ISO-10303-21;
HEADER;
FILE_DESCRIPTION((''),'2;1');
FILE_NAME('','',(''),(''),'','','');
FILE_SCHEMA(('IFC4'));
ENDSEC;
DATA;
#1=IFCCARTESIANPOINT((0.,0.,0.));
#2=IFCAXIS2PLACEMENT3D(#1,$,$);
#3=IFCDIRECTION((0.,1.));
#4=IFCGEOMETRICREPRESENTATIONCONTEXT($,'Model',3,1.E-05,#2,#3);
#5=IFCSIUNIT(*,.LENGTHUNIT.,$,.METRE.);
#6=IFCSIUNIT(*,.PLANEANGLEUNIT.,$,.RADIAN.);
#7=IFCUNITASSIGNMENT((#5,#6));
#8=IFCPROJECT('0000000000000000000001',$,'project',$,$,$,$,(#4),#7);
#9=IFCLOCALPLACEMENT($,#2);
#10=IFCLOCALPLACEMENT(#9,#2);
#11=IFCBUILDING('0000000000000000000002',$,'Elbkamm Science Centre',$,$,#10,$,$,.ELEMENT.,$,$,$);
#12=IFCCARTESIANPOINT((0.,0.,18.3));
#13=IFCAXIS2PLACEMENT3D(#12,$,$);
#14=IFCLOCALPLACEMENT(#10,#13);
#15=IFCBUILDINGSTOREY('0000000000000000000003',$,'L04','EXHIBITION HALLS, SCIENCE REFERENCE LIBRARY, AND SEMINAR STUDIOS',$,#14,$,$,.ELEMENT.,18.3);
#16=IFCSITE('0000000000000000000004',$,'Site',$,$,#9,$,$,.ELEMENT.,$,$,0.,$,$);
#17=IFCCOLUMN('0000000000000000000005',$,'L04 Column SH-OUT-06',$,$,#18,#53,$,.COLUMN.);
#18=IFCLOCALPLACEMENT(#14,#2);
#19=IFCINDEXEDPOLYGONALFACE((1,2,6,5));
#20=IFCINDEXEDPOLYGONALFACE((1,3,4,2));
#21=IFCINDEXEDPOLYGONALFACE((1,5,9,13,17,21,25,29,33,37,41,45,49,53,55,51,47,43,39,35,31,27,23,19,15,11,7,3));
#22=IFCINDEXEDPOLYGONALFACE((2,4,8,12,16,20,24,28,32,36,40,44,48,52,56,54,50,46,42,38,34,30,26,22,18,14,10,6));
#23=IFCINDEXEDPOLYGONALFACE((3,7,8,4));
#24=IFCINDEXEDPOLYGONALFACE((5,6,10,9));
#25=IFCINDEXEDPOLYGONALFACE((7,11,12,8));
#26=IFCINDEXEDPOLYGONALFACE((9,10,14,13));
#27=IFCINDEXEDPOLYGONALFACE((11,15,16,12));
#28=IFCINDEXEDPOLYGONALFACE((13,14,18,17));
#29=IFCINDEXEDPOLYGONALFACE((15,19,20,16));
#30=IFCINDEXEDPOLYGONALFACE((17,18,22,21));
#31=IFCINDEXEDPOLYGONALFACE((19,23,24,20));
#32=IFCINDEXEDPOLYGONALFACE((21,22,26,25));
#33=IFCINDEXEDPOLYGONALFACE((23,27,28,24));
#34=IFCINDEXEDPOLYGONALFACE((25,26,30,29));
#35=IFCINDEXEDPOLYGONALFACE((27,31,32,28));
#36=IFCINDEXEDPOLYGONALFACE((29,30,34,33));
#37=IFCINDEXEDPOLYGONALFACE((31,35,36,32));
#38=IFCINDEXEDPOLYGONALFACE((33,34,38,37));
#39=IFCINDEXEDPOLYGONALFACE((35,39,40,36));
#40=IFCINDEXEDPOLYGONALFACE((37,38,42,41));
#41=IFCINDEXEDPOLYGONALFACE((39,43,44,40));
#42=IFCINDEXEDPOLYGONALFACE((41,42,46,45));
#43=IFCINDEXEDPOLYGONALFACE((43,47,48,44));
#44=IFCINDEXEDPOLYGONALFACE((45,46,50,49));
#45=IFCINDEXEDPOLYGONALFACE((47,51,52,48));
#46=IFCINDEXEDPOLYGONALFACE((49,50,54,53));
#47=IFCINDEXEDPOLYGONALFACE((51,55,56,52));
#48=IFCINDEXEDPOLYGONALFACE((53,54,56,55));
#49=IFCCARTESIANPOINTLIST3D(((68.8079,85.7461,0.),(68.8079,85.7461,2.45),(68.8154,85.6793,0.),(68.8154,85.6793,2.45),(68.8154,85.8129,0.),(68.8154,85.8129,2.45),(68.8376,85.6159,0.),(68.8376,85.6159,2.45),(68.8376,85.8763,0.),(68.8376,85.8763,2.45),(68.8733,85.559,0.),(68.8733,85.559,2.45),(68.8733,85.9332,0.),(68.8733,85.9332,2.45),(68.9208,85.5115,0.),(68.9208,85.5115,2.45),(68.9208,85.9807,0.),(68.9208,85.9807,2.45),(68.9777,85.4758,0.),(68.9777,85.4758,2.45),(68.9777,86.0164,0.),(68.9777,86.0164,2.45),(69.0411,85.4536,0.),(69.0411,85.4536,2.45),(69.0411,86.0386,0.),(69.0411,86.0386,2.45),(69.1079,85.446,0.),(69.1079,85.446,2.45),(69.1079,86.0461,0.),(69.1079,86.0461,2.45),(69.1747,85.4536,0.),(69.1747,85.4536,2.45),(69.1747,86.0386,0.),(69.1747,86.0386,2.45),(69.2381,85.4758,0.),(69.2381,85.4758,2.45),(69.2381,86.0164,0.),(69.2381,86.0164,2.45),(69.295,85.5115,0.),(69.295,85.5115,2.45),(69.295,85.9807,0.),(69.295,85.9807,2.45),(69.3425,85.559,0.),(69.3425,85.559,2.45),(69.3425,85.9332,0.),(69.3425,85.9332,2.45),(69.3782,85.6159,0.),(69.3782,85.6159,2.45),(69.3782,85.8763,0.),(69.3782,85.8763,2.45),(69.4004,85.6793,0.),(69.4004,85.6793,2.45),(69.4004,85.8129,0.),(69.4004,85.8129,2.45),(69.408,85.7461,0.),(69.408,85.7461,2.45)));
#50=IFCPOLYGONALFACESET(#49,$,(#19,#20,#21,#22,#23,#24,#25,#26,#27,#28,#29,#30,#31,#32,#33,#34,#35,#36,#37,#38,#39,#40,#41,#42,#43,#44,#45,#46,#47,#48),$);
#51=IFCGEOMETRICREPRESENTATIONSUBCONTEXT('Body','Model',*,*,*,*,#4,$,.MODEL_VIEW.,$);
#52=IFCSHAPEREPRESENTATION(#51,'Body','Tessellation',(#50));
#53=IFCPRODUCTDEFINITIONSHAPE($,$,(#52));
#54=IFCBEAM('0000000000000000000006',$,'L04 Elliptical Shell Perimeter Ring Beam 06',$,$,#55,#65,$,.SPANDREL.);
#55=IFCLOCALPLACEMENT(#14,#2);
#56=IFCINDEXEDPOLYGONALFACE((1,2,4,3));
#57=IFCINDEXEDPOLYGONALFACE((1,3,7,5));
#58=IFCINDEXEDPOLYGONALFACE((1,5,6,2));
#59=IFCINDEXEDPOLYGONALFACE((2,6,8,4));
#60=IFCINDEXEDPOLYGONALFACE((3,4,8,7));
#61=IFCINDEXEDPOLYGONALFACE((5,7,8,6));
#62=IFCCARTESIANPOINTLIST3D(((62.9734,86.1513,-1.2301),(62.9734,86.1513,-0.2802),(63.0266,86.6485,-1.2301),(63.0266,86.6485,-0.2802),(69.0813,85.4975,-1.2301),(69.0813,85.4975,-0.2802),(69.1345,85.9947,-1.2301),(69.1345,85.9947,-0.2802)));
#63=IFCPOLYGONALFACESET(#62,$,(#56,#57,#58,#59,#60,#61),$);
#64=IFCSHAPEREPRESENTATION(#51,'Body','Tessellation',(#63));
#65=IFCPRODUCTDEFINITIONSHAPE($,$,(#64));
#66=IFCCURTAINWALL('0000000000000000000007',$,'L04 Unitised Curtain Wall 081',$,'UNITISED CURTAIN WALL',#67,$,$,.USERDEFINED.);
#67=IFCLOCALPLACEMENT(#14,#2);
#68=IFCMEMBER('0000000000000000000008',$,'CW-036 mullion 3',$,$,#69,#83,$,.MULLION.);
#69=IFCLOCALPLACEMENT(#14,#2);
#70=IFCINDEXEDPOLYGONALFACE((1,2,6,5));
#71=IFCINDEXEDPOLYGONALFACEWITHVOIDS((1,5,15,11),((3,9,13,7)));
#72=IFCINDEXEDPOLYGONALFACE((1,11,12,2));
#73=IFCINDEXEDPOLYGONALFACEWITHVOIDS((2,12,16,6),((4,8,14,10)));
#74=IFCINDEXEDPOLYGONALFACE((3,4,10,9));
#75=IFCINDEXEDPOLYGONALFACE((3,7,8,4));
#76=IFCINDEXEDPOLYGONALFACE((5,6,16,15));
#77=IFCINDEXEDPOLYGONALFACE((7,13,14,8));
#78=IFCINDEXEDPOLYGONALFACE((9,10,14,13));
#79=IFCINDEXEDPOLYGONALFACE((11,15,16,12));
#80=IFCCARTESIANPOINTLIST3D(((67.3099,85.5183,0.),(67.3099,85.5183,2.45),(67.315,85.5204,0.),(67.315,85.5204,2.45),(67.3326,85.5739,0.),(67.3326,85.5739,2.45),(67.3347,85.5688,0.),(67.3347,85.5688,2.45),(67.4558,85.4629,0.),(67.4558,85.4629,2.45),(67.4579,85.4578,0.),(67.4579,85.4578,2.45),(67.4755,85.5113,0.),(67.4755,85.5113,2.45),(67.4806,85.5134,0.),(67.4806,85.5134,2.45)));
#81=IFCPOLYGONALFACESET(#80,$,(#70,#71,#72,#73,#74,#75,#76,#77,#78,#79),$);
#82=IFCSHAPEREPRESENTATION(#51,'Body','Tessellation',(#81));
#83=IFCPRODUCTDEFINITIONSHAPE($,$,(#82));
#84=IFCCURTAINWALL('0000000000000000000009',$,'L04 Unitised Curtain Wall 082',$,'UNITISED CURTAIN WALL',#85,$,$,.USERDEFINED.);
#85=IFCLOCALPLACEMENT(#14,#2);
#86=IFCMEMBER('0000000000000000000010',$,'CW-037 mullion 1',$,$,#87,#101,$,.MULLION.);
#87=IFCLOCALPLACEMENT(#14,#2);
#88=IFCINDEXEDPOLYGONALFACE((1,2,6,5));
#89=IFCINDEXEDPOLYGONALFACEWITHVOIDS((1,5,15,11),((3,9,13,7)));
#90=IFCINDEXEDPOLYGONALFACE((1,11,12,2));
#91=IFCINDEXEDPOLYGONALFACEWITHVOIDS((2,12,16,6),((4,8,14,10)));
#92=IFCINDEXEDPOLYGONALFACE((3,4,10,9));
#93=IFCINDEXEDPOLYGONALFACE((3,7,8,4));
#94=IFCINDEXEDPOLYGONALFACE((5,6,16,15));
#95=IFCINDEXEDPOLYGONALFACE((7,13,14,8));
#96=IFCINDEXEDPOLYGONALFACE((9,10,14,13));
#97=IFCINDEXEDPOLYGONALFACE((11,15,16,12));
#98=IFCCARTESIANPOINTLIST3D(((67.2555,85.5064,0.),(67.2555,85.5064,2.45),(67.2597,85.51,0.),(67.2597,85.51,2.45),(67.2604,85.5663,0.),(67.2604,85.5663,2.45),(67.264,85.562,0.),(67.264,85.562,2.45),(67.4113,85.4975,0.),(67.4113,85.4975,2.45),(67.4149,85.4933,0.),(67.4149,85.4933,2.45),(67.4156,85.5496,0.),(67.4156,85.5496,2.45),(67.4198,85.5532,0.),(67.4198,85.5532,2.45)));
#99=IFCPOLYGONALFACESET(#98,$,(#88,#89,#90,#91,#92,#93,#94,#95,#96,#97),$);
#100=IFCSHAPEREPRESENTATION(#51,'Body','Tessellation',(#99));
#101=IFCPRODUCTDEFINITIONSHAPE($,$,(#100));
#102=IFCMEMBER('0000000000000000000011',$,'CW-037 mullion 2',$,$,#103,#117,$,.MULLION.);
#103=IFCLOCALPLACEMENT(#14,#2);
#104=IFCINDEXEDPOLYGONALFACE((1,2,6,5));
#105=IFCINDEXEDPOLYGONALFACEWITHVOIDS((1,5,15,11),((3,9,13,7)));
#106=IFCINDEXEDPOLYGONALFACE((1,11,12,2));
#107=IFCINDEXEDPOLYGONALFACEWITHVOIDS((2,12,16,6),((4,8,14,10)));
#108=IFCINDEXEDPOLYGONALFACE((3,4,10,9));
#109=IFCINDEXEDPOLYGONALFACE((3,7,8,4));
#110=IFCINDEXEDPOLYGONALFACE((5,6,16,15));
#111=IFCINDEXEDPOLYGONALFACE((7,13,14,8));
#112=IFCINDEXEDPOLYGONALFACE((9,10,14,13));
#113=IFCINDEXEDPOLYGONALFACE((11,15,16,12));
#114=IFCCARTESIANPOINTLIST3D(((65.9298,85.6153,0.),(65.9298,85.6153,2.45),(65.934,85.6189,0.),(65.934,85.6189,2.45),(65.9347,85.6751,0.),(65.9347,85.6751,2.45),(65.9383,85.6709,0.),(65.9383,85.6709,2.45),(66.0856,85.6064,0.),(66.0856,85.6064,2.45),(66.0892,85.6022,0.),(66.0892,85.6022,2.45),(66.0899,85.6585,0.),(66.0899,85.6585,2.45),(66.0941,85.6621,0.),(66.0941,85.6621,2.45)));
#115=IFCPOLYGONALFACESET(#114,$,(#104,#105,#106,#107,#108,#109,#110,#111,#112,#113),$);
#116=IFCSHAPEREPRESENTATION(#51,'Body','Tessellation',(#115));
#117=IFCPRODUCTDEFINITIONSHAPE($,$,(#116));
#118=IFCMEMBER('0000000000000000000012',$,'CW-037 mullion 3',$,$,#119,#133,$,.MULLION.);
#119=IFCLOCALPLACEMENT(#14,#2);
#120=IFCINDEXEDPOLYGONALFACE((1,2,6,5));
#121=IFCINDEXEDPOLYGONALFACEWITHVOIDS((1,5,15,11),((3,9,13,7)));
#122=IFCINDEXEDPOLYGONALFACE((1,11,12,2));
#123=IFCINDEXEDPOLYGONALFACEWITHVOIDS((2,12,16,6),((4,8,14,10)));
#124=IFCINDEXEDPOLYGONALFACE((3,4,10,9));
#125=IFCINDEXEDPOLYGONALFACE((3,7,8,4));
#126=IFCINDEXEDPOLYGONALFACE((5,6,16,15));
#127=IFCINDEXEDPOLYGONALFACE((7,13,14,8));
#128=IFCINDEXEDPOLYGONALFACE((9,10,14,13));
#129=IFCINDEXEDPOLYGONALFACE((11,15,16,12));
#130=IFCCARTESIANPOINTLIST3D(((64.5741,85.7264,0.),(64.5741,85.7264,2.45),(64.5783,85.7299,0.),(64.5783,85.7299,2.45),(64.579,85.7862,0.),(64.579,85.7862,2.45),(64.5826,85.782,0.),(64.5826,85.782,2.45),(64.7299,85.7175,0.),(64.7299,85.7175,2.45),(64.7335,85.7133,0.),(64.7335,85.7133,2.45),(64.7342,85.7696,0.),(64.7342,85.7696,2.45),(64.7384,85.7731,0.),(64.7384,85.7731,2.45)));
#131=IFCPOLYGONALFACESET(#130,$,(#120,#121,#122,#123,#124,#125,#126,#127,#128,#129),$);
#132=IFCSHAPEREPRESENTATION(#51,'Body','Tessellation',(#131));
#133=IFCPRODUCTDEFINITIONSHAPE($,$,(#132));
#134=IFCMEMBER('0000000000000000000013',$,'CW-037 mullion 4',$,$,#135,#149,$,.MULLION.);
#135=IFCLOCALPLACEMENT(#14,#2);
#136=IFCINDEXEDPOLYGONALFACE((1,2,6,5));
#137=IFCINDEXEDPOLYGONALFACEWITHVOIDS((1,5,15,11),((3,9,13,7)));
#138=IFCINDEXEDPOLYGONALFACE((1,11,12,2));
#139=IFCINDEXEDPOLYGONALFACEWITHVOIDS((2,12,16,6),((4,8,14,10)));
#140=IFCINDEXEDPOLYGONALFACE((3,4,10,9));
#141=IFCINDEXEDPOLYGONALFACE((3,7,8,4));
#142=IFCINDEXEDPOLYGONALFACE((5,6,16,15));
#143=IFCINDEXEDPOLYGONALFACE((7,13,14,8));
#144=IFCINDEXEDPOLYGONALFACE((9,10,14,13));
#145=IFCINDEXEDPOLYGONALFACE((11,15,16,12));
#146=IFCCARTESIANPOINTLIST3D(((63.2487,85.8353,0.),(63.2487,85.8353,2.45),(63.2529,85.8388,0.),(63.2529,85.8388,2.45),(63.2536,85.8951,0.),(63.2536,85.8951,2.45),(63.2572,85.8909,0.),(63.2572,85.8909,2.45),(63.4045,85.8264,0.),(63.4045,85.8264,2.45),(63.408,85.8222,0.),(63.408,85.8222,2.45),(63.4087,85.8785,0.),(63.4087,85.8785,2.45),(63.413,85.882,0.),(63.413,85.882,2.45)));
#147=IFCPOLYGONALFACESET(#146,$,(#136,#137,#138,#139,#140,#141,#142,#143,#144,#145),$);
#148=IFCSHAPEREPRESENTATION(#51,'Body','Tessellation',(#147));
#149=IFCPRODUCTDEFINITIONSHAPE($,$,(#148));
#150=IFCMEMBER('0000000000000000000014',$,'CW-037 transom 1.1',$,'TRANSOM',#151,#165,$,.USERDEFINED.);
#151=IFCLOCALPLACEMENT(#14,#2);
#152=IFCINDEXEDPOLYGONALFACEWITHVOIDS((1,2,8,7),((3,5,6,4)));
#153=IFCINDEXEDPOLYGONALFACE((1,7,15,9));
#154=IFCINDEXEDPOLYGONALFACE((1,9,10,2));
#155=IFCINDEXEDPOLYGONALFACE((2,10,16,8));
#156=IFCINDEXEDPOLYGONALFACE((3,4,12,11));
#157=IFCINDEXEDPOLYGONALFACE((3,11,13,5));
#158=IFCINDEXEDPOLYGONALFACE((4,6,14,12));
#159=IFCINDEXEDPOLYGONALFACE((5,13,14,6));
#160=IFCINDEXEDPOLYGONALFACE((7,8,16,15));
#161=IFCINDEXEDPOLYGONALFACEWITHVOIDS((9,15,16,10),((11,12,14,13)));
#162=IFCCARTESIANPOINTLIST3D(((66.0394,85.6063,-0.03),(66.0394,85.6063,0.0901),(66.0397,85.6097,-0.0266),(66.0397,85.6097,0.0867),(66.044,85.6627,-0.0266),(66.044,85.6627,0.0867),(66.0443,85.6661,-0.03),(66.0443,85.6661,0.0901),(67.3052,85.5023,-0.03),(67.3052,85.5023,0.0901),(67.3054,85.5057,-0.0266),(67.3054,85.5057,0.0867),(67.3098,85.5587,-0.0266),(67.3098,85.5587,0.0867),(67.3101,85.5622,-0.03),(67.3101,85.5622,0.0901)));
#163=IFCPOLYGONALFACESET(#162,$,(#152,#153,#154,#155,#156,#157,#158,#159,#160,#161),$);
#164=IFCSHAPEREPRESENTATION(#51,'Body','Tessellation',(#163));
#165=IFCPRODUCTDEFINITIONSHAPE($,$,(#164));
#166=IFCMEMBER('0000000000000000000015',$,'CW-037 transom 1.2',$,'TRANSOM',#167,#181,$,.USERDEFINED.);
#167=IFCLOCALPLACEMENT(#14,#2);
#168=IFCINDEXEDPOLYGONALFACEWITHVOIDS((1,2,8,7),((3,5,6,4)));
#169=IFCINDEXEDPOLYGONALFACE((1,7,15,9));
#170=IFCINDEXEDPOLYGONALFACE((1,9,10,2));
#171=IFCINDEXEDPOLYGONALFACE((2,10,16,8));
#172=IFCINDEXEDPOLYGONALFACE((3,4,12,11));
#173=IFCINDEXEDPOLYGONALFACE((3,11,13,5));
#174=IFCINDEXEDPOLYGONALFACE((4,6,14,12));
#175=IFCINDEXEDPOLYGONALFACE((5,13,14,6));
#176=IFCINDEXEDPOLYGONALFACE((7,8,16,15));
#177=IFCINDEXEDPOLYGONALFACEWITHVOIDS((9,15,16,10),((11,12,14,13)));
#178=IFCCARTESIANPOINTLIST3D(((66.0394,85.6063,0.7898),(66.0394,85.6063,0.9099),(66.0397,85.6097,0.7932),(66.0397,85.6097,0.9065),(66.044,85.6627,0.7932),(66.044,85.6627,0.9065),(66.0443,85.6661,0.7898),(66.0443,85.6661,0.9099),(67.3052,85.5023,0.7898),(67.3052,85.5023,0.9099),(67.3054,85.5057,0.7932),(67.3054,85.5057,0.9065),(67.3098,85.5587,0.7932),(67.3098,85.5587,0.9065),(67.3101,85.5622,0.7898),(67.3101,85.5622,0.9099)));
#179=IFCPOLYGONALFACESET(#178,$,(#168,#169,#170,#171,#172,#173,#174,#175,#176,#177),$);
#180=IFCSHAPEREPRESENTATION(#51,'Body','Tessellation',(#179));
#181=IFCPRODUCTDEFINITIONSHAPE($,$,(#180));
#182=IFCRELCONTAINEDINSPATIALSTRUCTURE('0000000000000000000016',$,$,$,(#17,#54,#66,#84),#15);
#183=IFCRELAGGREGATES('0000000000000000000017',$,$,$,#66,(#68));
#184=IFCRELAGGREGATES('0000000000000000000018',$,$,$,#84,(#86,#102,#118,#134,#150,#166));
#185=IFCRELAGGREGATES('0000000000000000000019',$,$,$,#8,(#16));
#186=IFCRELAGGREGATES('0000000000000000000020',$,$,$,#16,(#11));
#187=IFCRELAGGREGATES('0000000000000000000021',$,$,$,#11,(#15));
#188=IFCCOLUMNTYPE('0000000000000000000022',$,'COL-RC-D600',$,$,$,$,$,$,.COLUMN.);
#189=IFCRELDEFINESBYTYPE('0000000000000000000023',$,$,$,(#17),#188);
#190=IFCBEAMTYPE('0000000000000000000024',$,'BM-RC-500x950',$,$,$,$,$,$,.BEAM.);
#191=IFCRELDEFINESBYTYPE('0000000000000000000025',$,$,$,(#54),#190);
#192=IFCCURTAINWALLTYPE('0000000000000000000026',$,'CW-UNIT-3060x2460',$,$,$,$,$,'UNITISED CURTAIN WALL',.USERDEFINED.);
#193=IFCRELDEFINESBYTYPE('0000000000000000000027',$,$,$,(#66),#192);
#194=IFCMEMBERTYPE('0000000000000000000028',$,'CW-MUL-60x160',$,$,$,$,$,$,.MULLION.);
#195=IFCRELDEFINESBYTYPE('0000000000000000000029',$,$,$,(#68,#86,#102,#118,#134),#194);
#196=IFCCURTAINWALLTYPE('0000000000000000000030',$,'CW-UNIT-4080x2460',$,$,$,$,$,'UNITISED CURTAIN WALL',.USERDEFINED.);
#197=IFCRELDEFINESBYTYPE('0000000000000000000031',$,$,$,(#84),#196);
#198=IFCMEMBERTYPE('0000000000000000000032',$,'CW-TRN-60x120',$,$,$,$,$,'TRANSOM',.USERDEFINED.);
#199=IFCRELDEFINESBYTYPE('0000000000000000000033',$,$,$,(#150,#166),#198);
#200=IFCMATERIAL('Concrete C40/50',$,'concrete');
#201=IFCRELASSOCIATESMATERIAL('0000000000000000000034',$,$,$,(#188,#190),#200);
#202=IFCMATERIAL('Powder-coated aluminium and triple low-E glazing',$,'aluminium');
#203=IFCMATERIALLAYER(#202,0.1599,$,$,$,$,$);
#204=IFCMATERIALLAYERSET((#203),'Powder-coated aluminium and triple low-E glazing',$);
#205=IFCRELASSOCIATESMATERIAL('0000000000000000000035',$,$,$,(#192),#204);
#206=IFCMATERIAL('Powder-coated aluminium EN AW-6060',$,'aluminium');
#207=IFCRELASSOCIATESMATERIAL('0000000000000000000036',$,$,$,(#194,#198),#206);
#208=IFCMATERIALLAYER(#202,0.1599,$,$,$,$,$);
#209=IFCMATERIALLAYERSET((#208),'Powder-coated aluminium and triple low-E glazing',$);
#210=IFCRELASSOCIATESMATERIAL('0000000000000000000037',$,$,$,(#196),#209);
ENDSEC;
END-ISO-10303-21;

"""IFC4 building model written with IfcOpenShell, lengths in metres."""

from ifc_helpers import new_model, si_unit, direction, frame, origin, origin_2d, place, context, subcontext, project, spatial, rectangle, hollow_rectangle, circle, extrude, material, layer, layer_set, material_profile, profile_set, type_object, element, aggregate, save


model = new_model("IFC4")

# Units and contexts
model_context = context("Model", 3, precision=1e-05, world=origin(), true_north=direction((0.0, 1.0)))
body_context = subcontext(model_context, "Body", "Model", "MODEL_VIEW")
ifc_project = project(units=[si_unit("LENGTHUNIT", "METRE"), si_unit("PLANEANGLEUNIT", "RADIAN")], contexts=[model_context])

# Site, building, storey
site_placement = place(None, origin())
site = spatial("IfcSite", under=ifc_project, at=site_placement, Name="Site", CompositionType="ELEMENT", RefElevation=0.0)
building_placement = place(site_placement, origin())
building = spatial("IfcBuilding", under=site, at=building_placement, Name="Elbkamm Science Centre", CompositionType="ELEMENT")
storey_placement = place(building_placement, frame((0.0, 0.0, 18.3)))
storey = spatial("IfcBuildingStorey", under=building, at=storey_placement, Name="L04", Description="EXHIBITION HALLS, SCIENCE REFERENCE LIBRARY, AND SEMINAR STUDIOS", CompositionType="ELEMENT", Elevation=18.3)

# Column
ifc_material_1 = material(Name="Concrete C40/50", Category="concrete")
ifc_material_profile_1 = material_profile(ifc_material_1, circle(Radius=0.3, at=origin_2d()), Name="RC D600")
ifc_profile_set_1 = profile_set([ifc_material_profile_1], Name="Concrete C40/50")
column_type = type_object("IfcColumnType", Name="COL-RC-D600", PredefinedType="COLUMN", material=ifc_profile_set_1)
column_placement = place(storey_placement, frame((69.1079, 85.7461, 0.0), z_axis=(0.0, 0.0, 1.0), x_axis=(1.0, 0.0, 0.0)))
element("IfcColumn", 1, at=column_placement, inside=storey, type_object=column_type, Name="L04 Column SH-OUT-06", PredefinedType="COLUMN", context=body_context, shape_type="SweptSolid", body=[
    extrude(circle(Radius=0.3, at=origin_2d()), origin(), (0.0, 0.0, 1.0), 2.45),
])

# Beam
ifc_material_profile_2 = material_profile(ifc_material_1, rectangle(XDim=0.5, YDim=0.95, at=origin_2d()), Name="RC 500x950")
ifc_profile_set_2 = profile_set([ifc_material_profile_2], Name="Concrete C40/50")
beam_type = type_object("IfcBeamType", Name="BM-RC-500x950", PredefinedType="BEAM", material=ifc_profile_set_2)
beam_placement = place(storey_placement, frame((69.1079, 85.7461, -0.7551), z_axis=(-0.99432, 0.106435, 0.0), x_axis=(-0.106435, -0.99432, 0.0)))
element("IfcBeam", 2, at=beam_placement, inside=storey, type_object=beam_type, Name="L04 Elliptical Shell Perimeter Ring Beam 06", PredefinedType="SPANDREL", context=body_context, shape_type="SweptSolid", body=[
    extrude(rectangle(XDim=0.5, YDim=0.95, at=origin_2d()), origin(), (0.0, 0.0, 1.0), 6.1428),
])

# Curtain wall, member
ifc_material_2 = material(Name="Powder-coated aluminium and triple low-E glazing", Category="aluminium")
ifc_layer_1 = layer(ifc_material_2, 0.1599)
ifc_layer_set_1 = layer_set([ifc_layer_1], Name="Powder-coated aluminium and triple low-E glazing")
curtain_wall_type_1 = type_object("IfcCurtainWallType", Name="CW-UNIT-3060x2460", ElementType="UNITISED CURTAIN WALL", PredefinedType="USERDEFINED", material=ifc_layer_set_1)
curtain_wall_1_placement = place(storey_placement, origin())
curtain_wall_1 = element("IfcCurtainWall", 3, at=curtain_wall_1_placement, inside=storey, type_object=curtain_wall_type_1, Name="L04 Unitised Curtain Wall 081", ObjectType="UNITISED CURTAIN WALL", PredefinedType="USERDEFINED")
ifc_material_3 = material(Name="Powder-coated aluminium EN AW-6060", Category="aluminium")
ifc_material_profile_3 = material_profile(ifc_material_3, hollow_rectangle(XDim=0.0601, YDim=0.1599, WallThickness=0.0039, at=origin_2d()), Name="ALU M60x160")
ifc_profile_set_3 = profile_set([ifc_material_profile_3], Name="Powder-coated aluminium EN AW-6060")
member_type_1 = type_object("IfcMemberType", Name="CW-MUL-60x160", PredefinedType="MULLION", material=ifc_profile_set_3)
member_1_placement = place(storey_placement, frame((67.3953, 85.5159, 0.0), z_axis=(0.0, 0.0, 1.0), x_axis=(-0.378001, -0.925805, 0.0)))
member_1 = element("IfcMember", 4, at=member_1_placement, type_object=member_type_1, Name="CW-036 mullion 3", PredefinedType="MULLION", context=body_context, shape_type="SweptSolid", body=[
    extrude(hollow_rectangle(XDim=0.0601, YDim=0.1599, WallThickness=0.0039, at=origin_2d()), origin(), (0.0, 0.0, 1.0), 2.45),
])

# Curtain wall, members
ifc_layer_2 = layer(ifc_material_2, 0.1599)
ifc_layer_set_2 = layer_set([ifc_layer_2], Name="Powder-coated aluminium and triple low-E glazing")
curtain_wall_type_2 = type_object("IfcCurtainWallType", Name="CW-UNIT-4080x2460", ElementType="UNITISED CURTAIN WALL", PredefinedType="USERDEFINED", material=ifc_layer_set_2)
curtain_wall_2_placement = place(storey_placement, origin())
curtain_wall_2 = element("IfcCurtainWall", 5, at=curtain_wall_2_placement, inside=storey, type_object=curtain_wall_type_2, Name="L04 Unitised Curtain Wall 082", ObjectType="UNITISED CURTAIN WALL", PredefinedType="USERDEFINED")
member_2_placement = place(storey_placement, frame((67.3376, 85.5298, 0.0), z_axis=(0.0, 0.0, 1.0), x_axis=(-0.081806, -0.996648, 0.0)))
member_2 = element("IfcMember", 6, at=member_2_placement, type_object=member_type_1, Name="CW-037 mullion 1", PredefinedType="MULLION", context=body_context, shape_type="SweptSolid", body=[
    extrude(hollow_rectangle(XDim=0.0601, YDim=0.1599, WallThickness=0.0039, at=origin_2d()), origin(), (0.0, 0.0, 1.0), 2.45),
])
member_3_placement = place(storey_placement, frame((66.012, 85.6387, 0.0), z_axis=(0.0, 0.0, 1.0), x_axis=(-0.081806, -0.996648, 0.0)))
member_3 = element("IfcMember", 7, at=member_3_placement, type_object=member_type_1, Name="CW-037 mullion 2", PredefinedType="MULLION", context=body_context, shape_type="SweptSolid", body=[
    extrude(hollow_rectangle(XDim=0.0601, YDim=0.1599, WallThickness=0.0039, at=origin_2d()), origin(), (0.0, 0.0, 1.0), 2.45),
])
member_4_placement = place(storey_placement, frame((64.6562, 85.7498, 0.0), z_axis=(0.0, 0.0, 1.0), x_axis=(-0.081806, -0.996648, 0.0)))
member_4 = element("IfcMember", 8, at=member_4_placement, type_object=member_type_1, Name="CW-037 mullion 3", PredefinedType="MULLION", context=body_context, shape_type="SweptSolid", body=[
    extrude(hollow_rectangle(XDim=0.0601, YDim=0.1599, WallThickness=0.0039, at=origin_2d()), origin(), (0.0, 0.0, 1.0), 2.45),
])
member_5_placement = place(storey_placement, frame((63.3308, 85.8586, 0.0), z_axis=(0.0, 0.0, 1.0), x_axis=(-0.081806, -0.996648, 0.0)))
member_5 = element("IfcMember", 9, at=member_5_placement, type_object=member_type_1, Name="CW-037 mullion 4", PredefinedType="MULLION", context=body_context, shape_type="SweptSolid", body=[
    extrude(hollow_rectangle(XDim=0.0601, YDim=0.1599, WallThickness=0.0039, at=origin_2d()), origin(), (0.0, 0.0, 1.0), 2.45),
])
ifc_material_profile_4 = material_profile(ifc_material_3, hollow_rectangle(XDim=0.0601, YDim=0.1201, WallThickness=0.0034, at=origin_2d()), Name="ALU T60x120")
ifc_profile_set_4 = profile_set([ifc_material_profile_4], Name="Powder-coated aluminium EN AW-6060")
member_type_2 = type_object("IfcMemberType", Name="CW-TRN-60x120", ElementType="TRANSOM", PredefinedType="USERDEFINED", material=ifc_profile_set_4)
member_6_placement = place(storey_placement, frame((67.3076, 85.5322, 0.03), z_axis=(-0.996642, 0.081884, 0.0), x_axis=(-0.081884, -0.996642, 0.0)))
member_6 = element("IfcMember", 10, at=member_6_placement, type_object=member_type_2, Name="CW-037 transom 1.1", ObjectType="TRANSOM", PredefinedType="USERDEFINED", context=body_context, shape_type="SweptSolid", body=[
    extrude(hollow_rectangle(XDim=0.0601, YDim=0.1201, WallThickness=0.0034, at=origin_2d()), origin(), (0.0, 0.0, 1.0), 1.27),
])
member_7_placement = place(storey_placement, frame((67.3076, 85.5322, 0.8499), z_axis=(-0.996642, 0.081884, 0.0), x_axis=(-0.081884, -0.996642, 0.0)))
member_7 = element("IfcMember", 11, at=member_7_placement, type_object=member_type_2, Name="CW-037 transom 1.2", ObjectType="TRANSOM", PredefinedType="USERDEFINED", context=body_context, shape_type="SweptSolid", body=[
    extrude(hollow_rectangle(XDim=0.0601, YDim=0.1201, WallThickness=0.0034, at=origin_2d()), origin(), (0.0, 0.0, 1.0), 1.27),
])

aggregate(curtain_wall_1, [member_1])
aggregate(curtain_wall_2, [member_2, member_3, member_4, member_5, member_6, member_7])

save(model, "model.ifc")
